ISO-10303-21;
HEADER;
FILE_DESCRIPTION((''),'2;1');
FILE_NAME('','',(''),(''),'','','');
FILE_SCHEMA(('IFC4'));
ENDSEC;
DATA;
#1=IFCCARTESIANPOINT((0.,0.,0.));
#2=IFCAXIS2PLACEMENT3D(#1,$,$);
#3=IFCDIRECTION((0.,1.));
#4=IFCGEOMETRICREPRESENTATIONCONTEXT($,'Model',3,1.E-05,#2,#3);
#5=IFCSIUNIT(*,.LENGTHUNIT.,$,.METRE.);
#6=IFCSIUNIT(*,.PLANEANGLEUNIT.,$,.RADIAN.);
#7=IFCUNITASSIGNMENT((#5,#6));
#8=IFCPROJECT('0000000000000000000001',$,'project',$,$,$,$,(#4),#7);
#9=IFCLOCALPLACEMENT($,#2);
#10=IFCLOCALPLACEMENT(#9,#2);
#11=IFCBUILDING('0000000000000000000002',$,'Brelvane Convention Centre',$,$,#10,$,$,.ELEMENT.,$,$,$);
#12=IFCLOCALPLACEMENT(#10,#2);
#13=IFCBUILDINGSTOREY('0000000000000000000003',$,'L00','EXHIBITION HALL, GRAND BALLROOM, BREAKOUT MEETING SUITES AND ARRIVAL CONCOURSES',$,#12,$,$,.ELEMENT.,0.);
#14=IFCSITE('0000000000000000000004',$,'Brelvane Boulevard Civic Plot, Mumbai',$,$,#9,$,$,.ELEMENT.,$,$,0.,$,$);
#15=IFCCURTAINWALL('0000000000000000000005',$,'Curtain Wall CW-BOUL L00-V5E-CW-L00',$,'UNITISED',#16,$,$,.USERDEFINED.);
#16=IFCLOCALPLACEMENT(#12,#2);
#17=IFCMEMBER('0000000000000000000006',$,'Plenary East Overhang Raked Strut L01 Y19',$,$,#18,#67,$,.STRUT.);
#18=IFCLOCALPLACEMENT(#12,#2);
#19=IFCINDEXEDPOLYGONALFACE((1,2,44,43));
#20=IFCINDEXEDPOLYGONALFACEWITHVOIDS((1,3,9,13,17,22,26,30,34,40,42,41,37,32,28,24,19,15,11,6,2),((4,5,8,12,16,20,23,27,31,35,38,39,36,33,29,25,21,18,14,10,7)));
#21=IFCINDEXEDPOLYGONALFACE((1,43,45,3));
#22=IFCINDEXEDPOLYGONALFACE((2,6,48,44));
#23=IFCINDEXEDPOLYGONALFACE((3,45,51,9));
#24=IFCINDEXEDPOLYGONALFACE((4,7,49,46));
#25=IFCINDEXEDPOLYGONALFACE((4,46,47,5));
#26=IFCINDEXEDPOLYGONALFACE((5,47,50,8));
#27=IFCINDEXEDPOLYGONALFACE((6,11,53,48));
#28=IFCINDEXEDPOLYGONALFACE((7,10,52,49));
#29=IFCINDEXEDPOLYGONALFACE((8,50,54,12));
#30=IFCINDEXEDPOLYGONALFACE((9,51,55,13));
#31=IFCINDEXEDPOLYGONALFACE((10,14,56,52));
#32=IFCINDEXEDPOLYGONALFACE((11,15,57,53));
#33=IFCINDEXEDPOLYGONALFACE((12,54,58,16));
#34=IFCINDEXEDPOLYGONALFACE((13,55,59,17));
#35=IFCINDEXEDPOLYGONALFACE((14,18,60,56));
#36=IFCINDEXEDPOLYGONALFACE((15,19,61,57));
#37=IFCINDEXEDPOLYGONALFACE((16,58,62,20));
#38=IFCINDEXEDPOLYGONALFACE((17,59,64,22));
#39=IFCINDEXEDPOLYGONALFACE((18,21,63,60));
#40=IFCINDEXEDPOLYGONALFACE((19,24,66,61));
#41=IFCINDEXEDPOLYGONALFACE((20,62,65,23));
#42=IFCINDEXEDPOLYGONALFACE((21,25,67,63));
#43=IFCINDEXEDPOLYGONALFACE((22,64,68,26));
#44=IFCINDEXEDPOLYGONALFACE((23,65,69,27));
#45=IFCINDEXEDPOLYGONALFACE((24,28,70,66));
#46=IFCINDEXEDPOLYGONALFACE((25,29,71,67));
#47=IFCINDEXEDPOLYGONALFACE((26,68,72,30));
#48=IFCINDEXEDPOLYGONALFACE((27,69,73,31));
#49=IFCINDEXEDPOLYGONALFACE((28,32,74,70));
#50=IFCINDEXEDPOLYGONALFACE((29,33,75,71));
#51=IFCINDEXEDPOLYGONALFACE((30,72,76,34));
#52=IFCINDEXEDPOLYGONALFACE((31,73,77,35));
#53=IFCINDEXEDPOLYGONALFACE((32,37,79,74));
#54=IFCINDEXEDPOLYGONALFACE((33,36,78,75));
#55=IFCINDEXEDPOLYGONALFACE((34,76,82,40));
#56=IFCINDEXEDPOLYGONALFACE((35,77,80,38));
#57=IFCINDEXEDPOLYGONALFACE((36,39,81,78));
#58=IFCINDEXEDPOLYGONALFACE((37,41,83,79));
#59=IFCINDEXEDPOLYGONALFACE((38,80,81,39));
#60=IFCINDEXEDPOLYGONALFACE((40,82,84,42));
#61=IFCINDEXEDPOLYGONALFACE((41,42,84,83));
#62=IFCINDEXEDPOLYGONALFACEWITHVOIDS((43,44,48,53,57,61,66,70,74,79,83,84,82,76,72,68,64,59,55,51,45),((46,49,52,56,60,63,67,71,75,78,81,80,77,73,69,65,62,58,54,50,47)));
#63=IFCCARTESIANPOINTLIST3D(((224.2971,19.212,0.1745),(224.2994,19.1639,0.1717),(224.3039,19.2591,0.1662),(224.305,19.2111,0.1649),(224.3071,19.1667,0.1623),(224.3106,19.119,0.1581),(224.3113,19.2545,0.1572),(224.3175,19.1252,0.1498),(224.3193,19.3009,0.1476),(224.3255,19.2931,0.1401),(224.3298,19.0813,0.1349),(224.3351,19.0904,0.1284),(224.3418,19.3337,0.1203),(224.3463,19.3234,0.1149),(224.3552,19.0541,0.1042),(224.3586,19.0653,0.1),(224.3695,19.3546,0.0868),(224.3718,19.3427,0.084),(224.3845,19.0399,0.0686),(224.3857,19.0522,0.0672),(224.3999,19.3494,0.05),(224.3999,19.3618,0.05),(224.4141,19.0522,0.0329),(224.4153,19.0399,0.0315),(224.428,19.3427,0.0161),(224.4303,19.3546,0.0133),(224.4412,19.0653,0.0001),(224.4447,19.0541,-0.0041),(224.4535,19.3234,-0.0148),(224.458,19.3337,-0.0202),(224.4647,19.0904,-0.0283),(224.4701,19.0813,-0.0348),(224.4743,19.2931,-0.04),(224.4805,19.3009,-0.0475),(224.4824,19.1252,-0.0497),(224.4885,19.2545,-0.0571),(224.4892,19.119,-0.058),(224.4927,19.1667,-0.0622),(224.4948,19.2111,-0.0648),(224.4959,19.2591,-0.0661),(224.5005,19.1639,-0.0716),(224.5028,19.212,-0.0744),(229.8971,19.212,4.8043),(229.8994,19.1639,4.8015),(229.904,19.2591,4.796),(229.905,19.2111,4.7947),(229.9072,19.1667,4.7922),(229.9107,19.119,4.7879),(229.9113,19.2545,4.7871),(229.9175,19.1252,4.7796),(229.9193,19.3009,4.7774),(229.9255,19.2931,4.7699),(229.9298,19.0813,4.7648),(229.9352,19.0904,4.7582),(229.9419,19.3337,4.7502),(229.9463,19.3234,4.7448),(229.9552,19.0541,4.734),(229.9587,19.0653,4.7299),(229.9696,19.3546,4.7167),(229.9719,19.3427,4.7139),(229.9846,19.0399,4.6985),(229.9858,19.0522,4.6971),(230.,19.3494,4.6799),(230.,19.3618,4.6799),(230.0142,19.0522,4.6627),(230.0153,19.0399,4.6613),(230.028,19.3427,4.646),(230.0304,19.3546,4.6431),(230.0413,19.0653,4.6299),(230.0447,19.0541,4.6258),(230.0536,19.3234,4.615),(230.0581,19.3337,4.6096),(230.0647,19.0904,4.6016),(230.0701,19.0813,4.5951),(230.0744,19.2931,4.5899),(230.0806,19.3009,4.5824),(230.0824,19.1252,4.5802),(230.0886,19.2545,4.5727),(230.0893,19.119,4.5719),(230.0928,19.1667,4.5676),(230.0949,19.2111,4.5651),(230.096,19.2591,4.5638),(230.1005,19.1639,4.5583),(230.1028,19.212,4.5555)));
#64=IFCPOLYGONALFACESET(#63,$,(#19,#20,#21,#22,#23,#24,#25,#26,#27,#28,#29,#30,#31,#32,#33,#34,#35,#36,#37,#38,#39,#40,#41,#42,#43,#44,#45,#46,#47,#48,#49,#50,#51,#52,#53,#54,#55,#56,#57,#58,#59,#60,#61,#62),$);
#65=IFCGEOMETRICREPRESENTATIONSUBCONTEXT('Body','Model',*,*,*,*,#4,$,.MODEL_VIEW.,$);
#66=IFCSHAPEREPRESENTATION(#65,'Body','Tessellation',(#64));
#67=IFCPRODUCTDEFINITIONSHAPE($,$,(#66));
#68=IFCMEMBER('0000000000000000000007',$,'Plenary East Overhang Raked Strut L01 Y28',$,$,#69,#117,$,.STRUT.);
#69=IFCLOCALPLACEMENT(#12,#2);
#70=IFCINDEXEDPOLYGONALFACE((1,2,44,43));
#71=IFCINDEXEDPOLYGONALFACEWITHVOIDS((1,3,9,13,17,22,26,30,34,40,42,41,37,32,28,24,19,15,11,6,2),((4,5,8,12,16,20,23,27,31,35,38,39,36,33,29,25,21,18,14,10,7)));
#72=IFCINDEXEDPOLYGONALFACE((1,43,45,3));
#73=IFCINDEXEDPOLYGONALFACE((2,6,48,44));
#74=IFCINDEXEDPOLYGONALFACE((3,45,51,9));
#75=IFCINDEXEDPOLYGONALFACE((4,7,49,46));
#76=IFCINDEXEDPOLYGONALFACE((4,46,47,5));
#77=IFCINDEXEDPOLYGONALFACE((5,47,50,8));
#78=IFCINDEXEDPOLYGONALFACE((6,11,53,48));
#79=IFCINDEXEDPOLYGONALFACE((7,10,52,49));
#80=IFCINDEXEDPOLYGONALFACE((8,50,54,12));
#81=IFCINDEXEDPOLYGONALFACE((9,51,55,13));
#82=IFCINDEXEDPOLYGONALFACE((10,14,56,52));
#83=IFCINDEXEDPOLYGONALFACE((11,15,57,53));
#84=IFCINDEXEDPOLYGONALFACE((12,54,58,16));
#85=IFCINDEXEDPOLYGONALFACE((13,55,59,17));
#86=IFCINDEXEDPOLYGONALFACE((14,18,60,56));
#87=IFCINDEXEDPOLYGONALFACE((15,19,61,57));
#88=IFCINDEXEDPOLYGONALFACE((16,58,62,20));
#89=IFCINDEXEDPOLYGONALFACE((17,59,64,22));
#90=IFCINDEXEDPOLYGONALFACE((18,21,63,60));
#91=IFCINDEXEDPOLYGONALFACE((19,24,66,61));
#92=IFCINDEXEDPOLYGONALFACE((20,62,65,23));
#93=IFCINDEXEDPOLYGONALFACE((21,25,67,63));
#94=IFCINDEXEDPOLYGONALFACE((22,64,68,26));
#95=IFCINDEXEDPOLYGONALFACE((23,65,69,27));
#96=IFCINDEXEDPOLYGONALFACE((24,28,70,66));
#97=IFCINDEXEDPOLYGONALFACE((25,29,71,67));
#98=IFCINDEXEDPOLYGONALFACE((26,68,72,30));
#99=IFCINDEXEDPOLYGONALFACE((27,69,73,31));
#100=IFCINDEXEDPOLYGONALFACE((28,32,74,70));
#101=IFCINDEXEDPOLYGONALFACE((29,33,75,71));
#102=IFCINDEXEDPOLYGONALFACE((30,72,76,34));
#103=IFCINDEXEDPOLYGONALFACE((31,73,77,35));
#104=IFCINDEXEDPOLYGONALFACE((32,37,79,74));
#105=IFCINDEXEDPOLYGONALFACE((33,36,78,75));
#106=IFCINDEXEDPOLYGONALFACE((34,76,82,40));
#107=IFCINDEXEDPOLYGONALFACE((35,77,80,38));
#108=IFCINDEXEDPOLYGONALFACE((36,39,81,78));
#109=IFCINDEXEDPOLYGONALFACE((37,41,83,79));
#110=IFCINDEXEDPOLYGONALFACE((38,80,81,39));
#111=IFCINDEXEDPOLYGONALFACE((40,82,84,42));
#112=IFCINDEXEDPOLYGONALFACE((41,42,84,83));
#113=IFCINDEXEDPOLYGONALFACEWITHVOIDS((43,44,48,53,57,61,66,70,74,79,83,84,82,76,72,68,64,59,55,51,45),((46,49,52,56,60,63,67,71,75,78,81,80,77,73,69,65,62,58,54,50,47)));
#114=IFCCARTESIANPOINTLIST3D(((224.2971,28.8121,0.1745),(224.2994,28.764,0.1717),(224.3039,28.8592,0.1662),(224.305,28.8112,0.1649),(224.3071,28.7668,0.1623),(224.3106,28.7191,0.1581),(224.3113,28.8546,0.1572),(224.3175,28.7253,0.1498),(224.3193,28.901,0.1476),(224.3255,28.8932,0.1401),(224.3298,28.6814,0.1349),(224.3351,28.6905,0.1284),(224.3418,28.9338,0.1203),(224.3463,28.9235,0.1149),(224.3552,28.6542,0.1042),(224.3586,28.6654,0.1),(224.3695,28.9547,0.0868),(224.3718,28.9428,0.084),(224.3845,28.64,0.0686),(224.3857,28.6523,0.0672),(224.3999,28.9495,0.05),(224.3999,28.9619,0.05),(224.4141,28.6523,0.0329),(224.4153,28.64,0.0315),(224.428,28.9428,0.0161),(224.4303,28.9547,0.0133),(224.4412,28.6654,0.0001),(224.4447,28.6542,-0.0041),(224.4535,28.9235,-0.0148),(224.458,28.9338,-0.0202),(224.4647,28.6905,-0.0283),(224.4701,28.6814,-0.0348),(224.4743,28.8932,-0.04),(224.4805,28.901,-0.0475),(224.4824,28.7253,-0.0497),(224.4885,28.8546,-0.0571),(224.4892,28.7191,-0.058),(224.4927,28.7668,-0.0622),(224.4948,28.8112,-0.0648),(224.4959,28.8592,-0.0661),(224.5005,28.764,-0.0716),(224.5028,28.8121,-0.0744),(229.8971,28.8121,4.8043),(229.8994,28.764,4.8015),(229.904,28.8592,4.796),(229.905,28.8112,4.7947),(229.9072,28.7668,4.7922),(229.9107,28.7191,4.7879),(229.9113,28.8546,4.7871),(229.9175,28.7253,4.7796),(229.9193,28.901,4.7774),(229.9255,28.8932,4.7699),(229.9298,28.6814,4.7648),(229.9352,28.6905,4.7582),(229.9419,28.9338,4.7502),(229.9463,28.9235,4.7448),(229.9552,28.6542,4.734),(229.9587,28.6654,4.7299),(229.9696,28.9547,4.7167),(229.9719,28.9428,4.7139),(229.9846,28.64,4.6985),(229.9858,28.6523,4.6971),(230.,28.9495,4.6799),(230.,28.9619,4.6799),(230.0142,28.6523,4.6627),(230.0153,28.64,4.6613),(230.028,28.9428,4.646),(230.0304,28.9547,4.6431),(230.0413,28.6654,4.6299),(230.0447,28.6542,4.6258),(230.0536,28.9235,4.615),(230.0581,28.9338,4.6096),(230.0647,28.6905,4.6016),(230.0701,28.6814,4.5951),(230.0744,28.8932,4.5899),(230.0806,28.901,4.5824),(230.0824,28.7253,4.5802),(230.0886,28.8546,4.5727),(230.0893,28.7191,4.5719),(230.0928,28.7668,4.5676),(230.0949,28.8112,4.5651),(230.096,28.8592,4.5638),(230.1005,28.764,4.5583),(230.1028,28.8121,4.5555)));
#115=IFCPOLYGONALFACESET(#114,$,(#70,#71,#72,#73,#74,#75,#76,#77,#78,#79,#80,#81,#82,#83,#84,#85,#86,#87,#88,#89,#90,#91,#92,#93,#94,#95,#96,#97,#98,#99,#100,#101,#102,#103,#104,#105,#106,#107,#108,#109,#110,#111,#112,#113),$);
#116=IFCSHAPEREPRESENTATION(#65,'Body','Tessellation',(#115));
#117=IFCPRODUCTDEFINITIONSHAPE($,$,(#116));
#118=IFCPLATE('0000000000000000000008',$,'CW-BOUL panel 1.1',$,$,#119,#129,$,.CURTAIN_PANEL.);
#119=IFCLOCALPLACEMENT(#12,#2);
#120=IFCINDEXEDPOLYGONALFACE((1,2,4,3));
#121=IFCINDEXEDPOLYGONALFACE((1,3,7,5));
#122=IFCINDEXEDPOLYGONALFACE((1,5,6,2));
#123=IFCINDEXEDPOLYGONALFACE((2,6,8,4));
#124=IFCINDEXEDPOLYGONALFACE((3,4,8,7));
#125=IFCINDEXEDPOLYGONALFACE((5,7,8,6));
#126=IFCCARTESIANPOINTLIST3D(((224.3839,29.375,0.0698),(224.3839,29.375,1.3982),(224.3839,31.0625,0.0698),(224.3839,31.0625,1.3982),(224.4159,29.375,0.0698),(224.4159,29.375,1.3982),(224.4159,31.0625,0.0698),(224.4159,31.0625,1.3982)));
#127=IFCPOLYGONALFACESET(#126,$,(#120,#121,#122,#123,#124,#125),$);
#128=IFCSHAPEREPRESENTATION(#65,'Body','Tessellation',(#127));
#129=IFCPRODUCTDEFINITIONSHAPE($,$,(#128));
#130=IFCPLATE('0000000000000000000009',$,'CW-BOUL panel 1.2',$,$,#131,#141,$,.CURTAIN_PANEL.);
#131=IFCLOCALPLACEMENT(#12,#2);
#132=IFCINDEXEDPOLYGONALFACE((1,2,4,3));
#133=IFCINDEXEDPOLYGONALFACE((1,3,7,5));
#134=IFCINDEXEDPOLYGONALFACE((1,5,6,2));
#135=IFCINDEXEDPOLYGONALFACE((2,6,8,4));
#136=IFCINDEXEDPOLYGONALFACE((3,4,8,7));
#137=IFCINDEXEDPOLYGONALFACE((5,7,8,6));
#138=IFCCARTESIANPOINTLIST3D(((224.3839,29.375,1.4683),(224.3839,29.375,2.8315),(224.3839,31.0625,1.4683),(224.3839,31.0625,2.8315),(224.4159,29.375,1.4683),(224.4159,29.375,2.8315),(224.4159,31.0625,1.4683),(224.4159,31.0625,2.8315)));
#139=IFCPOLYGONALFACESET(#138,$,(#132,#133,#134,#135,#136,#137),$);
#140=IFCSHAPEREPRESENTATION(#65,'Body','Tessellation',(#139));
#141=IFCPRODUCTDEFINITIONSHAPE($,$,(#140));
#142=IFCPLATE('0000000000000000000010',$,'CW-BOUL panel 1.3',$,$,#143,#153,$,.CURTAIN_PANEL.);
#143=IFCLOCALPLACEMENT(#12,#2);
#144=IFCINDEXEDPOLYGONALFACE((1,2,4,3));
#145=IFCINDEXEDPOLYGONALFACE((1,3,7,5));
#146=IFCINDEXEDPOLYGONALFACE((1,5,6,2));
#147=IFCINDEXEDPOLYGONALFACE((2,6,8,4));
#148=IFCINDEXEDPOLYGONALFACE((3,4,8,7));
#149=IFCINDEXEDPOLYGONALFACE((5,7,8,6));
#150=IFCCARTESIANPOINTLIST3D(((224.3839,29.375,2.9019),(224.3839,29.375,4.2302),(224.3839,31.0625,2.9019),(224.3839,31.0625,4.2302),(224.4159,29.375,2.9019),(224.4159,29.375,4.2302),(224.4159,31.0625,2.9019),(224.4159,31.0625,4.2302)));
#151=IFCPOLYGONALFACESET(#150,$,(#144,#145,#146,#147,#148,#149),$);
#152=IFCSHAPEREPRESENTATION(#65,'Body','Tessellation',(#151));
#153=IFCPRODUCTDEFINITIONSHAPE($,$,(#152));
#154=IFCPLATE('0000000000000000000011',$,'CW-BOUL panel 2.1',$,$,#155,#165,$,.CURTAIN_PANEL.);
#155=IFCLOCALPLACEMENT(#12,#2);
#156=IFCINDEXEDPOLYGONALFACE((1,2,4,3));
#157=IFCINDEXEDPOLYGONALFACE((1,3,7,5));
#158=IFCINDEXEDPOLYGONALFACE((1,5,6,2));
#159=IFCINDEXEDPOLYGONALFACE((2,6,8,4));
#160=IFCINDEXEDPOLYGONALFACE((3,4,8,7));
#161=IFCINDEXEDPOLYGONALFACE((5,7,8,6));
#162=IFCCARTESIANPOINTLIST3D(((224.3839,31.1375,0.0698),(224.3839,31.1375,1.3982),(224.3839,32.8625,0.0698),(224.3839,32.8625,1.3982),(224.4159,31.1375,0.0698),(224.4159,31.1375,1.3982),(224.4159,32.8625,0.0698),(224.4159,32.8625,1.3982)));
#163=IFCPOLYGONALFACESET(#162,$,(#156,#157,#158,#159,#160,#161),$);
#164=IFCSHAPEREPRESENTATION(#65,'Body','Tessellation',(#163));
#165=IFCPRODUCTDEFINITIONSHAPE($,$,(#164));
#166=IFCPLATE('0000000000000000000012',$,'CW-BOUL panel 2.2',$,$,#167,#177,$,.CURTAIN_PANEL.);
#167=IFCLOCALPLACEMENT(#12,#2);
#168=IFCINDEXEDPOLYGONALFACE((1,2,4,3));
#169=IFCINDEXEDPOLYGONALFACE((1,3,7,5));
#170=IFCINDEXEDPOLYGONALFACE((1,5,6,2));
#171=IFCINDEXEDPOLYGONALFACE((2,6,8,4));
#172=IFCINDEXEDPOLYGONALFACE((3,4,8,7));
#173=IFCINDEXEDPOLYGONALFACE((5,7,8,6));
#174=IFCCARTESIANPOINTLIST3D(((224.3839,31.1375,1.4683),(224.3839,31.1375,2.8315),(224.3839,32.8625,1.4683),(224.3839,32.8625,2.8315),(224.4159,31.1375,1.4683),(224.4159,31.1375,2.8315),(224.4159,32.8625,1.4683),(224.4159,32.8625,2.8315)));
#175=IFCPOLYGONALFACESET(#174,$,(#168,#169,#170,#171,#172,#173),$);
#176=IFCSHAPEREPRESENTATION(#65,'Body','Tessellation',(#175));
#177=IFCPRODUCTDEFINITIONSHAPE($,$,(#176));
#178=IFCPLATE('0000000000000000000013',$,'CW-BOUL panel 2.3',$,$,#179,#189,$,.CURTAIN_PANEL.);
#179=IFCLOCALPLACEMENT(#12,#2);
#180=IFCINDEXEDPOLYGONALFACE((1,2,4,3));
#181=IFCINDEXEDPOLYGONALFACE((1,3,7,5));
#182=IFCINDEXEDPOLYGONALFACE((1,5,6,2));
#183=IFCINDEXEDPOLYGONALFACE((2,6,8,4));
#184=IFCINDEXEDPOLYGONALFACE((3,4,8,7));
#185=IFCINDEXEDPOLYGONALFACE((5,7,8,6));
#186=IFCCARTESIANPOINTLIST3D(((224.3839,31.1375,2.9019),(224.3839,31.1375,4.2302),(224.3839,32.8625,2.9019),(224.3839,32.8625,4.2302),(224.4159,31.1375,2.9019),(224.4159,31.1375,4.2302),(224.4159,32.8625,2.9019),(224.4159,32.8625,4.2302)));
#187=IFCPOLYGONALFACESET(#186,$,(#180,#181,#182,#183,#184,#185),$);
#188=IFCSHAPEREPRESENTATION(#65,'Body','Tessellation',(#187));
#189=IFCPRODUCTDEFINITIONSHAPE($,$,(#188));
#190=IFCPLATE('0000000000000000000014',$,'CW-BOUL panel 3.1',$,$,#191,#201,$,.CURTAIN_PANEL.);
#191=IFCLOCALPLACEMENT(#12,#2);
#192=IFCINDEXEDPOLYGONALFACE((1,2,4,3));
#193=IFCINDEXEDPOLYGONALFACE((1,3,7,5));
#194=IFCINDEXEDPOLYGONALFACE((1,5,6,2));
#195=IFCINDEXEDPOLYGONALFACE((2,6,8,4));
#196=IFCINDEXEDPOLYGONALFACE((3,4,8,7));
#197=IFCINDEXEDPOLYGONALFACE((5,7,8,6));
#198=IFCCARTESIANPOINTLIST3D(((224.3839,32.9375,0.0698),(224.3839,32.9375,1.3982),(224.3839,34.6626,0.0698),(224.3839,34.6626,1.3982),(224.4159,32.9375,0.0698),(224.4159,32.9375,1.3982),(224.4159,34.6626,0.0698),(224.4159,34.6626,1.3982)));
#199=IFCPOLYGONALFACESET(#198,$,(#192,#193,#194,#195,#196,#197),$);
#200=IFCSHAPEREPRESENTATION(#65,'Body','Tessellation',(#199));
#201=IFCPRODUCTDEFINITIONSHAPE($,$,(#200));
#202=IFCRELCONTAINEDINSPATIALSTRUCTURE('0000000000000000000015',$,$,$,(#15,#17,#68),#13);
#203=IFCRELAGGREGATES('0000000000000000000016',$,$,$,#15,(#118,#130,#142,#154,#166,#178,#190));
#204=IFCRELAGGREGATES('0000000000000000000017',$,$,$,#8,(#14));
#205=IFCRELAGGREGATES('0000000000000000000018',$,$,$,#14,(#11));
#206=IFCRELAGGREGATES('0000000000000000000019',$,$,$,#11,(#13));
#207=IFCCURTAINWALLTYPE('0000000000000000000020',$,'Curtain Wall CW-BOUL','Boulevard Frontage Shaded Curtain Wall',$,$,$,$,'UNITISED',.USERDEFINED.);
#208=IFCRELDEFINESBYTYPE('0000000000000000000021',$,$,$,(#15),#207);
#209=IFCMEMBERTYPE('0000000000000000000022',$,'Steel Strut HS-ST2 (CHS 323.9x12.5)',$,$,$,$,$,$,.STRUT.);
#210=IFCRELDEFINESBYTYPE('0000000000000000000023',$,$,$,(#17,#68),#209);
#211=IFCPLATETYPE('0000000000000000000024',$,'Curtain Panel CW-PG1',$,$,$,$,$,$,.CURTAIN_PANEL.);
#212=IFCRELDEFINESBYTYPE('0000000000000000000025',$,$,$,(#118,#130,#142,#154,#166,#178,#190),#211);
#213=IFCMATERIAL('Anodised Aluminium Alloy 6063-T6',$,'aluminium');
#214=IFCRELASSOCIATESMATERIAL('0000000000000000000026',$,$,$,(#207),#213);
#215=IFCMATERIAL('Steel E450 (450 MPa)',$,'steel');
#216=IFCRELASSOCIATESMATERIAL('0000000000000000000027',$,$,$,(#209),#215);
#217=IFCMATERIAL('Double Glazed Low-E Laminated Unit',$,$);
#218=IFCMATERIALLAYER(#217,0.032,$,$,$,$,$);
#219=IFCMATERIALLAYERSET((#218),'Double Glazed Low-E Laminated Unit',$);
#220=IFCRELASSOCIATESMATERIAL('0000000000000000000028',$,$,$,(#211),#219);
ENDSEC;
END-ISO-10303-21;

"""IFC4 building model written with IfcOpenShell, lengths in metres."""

from ifc_helpers import new_model, si_unit, direction, frame, origin, origin_2d, place, context, subcontext, project, spatial, rectangle, hollow_circle, extrude, material, layer, layer_set, material_profile, profile_set, type_object, element, aggregate, save


model = new_model("IFC4")

# Units and contexts
model_context = context("Model", 3, precision=1e-05, world=origin(), true_north=direction((0.0, 1.0)))
body_context = subcontext(model_context, "Body", "Model", "MODEL_VIEW")
ifc_project = project(units=[si_unit("LENGTHUNIT", "METRE"), si_unit("PLANEANGLEUNIT", "RADIAN")], contexts=[model_context])

# Site, building, storey
site_placement = place(None, origin())
site = spatial("IfcSite", under=ifc_project, at=site_placement, Name="Brelvane Boulevard Civic Plot, Mumbai", CompositionType="ELEMENT", RefElevation=0.0)
building_placement = place(site_placement, origin())
building = spatial("IfcBuilding", under=site, at=building_placement, Name="Brelvane Convention Centre", CompositionType="ELEMENT")
storey_placement = place(building_placement, origin())
storey = spatial("IfcBuildingStorey", under=building, at=storey_placement, Name="L00", Description="EXHIBITION HALL, GRAND BALLROOM, BREAKOUT MEETING SUITES AND ARRIVAL CONCOURSES", CompositionType="ELEMENT", Elevation=0.0)

# Curtain wall
ifc_material_1 = material(Name="Anodised Aluminium Alloy 6063-T6", Category="aluminium")
curtain_wall_type = type_object("IfcCurtainWallType", Name="Curtain Wall CW-BOUL", Description="Boulevard Frontage Shaded Curtain Wall", ElementType="UNITISED", PredefinedType="USERDEFINED", material=ifc_material_1)
curtain_wall_placement = place(storey_placement, origin())
curtain_wall = element("IfcCurtainWall", 1, at=curtain_wall_placement, inside=storey, type_object=curtain_wall_type, Name="Curtain Wall CW-BOUL L00-V5E-CW-L00", ObjectType="UNITISED", PredefinedType="USERDEFINED")

# Members
ifc_material_2 = material(Name="Steel E450 (450 MPa)", Category="steel")
ifc_material_profile_1 = material_profile(ifc_material_2, hollow_circle(Radius=0.1619, WallThickness=0.0125, at=origin_2d()), Name="CHS 323.9x12.5")
ifc_profile_set_1 = profile_set([ifc_material_profile_1], Name="Steel E450 (450 MPa)")
member_type_1 = type_object("IfcMemberType", Name="Steel Strut HS-ST2 (CHS 323.9x12.5)", PredefinedType="STRUT", material=ifc_profile_set_1)
for number, where, z_axis, x_axis, name in (
    (2, (224.3999, 19.2, 0.05), (0.770711, 0.0, 0.637185), (0.0, 1.0, 0.0), "Plenary East Overhang Raked Strut L01 Y19"),
    (3, (224.3999, 28.8, 0.05), (0.770711, 0.0, 0.637185), (0.0, 1.0, 0.0), "Plenary East Overhang Raked Strut L01 Y28"),
):
    element("IfcMember", number, at=place(storey_placement, frame(where, z_axis=z_axis, x_axis=x_axis)), inside=storey, type_object=member_type_1, Name=name, PredefinedType="STRUT", context=body_context, shape_type="SweptSolid", body=[
        extrude(hollow_circle(Radius=0.1619, WallThickness=0.0125, at=origin_2d()), origin(), (0.0, 0.0, 1.0), 7.2661),
    ])

# Plates
ifc_material_3 = material(Name="Double Glazed Low-E Laminated Unit")
ifc_layer_1 = layer(ifc_material_3, 0.032)
ifc_layer_set_1 = layer_set([ifc_layer_1], Name="Double Glazed Low-E Laminated Unit")
plate_type_1 = type_object("IfcPlateType", Name="Curtain Panel CW-PG1", PredefinedType="CURTAIN_PANEL", material=ifc_layer_set_1)
plate_1_placement = place(storey_placement, frame((224.3999, 30.2188, 0.0698), z_axis=(0.0, 0.0, 1.0), x_axis=(0.0, 1.0, 0.0)))
plate_1 = element("IfcPlate", 4, at=plate_1_placement, type_object=plate_type_1, Name="CW-BOUL panel 1.1", PredefinedType="CURTAIN_PANEL", context=body_context, shape_type="SweptSolid", body=[
    extrude(rectangle(XDim=1.6875, YDim=0.032, at=origin_2d()), origin(), (0.0, 0.0, 1.0), 1.3284),
])
plate_2_placement = place(storey_placement, frame((224.3999, 30.2188, 1.4683), z_axis=(0.0, 0.0, 1.0), x_axis=(0.0, 1.0, 0.0)))
plate_2 = element("IfcPlate", 5, at=plate_2_placement, type_object=plate_type_1, Name="CW-BOUL panel 1.2", PredefinedType="CURTAIN_PANEL", context=body_context, shape_type="SweptSolid", body=[
    extrude(rectangle(XDim=1.6875, YDim=0.032, at=origin_2d()), origin(), (0.0, 0.0, 1.0), 1.3633),
])
plate_3_placement = place(storey_placement, frame((224.3999, 30.2188, 2.9019), z_axis=(0.0, 0.0, 1.0), x_axis=(0.0, 1.0, 0.0)))
plate_3 = element("IfcPlate", 6, at=plate_3_placement, type_object=plate_type_1, Name="CW-BOUL panel 1.3", PredefinedType="CURTAIN_PANEL", context=body_context, shape_type="SweptSolid", body=[
    extrude(rectangle(XDim=1.6875, YDim=0.032, at=origin_2d()), origin(), (0.0, 0.0, 1.0), 1.3284),
])
plate_4_placement = place(storey_placement, frame((224.3999, 32.0, 0.0698), z_axis=(0.0, 0.0, 1.0), x_axis=(0.0, 1.0, 0.0)))
plate_4 = element("IfcPlate", 7, at=plate_4_placement, type_object=plate_type_1, Name="CW-BOUL panel 2.1", PredefinedType="CURTAIN_PANEL", context=body_context, shape_type="SweptSolid", body=[
    extrude(rectangle(XDim=1.7251, YDim=0.032, at=origin_2d()), origin(), (0.0, 0.0, 1.0), 1.3284),
])
plate_5_placement = place(storey_placement, frame((224.3999, 32.0, 1.4683), z_axis=(0.0, 0.0, 1.0), x_axis=(0.0, 1.0, 0.0)))
plate_5 = element("IfcPlate", 8, at=plate_5_placement, type_object=plate_type_1, Name="CW-BOUL panel 2.2", PredefinedType="CURTAIN_PANEL", context=body_context, shape_type="SweptSolid", body=[
    extrude(rectangle(XDim=1.7251, YDim=0.032, at=origin_2d()), origin(), (0.0, 0.0, 1.0), 1.3633),
])
plate_6_placement = place(storey_placement, frame((224.3999, 32.0, 2.9019), z_axis=(0.0, 0.0, 1.0), x_axis=(0.0, 1.0, 0.0)))
plate_6 = element("IfcPlate", 9, at=plate_6_placement, type_object=plate_type_1, Name="CW-BOUL panel 2.3", PredefinedType="CURTAIN_PANEL", context=body_context, shape_type="SweptSolid", body=[
    extrude(rectangle(XDim=1.7251, YDim=0.032, at=origin_2d()), origin(), (0.0, 0.0, 1.0), 1.3284),
])
plate_7_placement = place(storey_placement, frame((224.3999, 33.8, 0.0698), z_axis=(0.0, 0.0, 1.0), x_axis=(0.0, 1.0, 0.0)))
plate_7 = element("IfcPlate", 10, at=plate_7_placement, type_object=plate_type_1, Name="CW-BOUL panel 3.1", PredefinedType="CURTAIN_PANEL", context=body_context, shape_type="SweptSolid", body=[
    extrude(rectangle(XDim=1.7251, YDim=0.032, at=origin_2d()), origin(), (0.0, 0.0, 1.0), 1.3284),
])
aggregate(curtain_wall, [plate_1, plate_2, plate_3, plate_4, plate_5, plate_6, plate_7])

save(model, "model.ifc")
